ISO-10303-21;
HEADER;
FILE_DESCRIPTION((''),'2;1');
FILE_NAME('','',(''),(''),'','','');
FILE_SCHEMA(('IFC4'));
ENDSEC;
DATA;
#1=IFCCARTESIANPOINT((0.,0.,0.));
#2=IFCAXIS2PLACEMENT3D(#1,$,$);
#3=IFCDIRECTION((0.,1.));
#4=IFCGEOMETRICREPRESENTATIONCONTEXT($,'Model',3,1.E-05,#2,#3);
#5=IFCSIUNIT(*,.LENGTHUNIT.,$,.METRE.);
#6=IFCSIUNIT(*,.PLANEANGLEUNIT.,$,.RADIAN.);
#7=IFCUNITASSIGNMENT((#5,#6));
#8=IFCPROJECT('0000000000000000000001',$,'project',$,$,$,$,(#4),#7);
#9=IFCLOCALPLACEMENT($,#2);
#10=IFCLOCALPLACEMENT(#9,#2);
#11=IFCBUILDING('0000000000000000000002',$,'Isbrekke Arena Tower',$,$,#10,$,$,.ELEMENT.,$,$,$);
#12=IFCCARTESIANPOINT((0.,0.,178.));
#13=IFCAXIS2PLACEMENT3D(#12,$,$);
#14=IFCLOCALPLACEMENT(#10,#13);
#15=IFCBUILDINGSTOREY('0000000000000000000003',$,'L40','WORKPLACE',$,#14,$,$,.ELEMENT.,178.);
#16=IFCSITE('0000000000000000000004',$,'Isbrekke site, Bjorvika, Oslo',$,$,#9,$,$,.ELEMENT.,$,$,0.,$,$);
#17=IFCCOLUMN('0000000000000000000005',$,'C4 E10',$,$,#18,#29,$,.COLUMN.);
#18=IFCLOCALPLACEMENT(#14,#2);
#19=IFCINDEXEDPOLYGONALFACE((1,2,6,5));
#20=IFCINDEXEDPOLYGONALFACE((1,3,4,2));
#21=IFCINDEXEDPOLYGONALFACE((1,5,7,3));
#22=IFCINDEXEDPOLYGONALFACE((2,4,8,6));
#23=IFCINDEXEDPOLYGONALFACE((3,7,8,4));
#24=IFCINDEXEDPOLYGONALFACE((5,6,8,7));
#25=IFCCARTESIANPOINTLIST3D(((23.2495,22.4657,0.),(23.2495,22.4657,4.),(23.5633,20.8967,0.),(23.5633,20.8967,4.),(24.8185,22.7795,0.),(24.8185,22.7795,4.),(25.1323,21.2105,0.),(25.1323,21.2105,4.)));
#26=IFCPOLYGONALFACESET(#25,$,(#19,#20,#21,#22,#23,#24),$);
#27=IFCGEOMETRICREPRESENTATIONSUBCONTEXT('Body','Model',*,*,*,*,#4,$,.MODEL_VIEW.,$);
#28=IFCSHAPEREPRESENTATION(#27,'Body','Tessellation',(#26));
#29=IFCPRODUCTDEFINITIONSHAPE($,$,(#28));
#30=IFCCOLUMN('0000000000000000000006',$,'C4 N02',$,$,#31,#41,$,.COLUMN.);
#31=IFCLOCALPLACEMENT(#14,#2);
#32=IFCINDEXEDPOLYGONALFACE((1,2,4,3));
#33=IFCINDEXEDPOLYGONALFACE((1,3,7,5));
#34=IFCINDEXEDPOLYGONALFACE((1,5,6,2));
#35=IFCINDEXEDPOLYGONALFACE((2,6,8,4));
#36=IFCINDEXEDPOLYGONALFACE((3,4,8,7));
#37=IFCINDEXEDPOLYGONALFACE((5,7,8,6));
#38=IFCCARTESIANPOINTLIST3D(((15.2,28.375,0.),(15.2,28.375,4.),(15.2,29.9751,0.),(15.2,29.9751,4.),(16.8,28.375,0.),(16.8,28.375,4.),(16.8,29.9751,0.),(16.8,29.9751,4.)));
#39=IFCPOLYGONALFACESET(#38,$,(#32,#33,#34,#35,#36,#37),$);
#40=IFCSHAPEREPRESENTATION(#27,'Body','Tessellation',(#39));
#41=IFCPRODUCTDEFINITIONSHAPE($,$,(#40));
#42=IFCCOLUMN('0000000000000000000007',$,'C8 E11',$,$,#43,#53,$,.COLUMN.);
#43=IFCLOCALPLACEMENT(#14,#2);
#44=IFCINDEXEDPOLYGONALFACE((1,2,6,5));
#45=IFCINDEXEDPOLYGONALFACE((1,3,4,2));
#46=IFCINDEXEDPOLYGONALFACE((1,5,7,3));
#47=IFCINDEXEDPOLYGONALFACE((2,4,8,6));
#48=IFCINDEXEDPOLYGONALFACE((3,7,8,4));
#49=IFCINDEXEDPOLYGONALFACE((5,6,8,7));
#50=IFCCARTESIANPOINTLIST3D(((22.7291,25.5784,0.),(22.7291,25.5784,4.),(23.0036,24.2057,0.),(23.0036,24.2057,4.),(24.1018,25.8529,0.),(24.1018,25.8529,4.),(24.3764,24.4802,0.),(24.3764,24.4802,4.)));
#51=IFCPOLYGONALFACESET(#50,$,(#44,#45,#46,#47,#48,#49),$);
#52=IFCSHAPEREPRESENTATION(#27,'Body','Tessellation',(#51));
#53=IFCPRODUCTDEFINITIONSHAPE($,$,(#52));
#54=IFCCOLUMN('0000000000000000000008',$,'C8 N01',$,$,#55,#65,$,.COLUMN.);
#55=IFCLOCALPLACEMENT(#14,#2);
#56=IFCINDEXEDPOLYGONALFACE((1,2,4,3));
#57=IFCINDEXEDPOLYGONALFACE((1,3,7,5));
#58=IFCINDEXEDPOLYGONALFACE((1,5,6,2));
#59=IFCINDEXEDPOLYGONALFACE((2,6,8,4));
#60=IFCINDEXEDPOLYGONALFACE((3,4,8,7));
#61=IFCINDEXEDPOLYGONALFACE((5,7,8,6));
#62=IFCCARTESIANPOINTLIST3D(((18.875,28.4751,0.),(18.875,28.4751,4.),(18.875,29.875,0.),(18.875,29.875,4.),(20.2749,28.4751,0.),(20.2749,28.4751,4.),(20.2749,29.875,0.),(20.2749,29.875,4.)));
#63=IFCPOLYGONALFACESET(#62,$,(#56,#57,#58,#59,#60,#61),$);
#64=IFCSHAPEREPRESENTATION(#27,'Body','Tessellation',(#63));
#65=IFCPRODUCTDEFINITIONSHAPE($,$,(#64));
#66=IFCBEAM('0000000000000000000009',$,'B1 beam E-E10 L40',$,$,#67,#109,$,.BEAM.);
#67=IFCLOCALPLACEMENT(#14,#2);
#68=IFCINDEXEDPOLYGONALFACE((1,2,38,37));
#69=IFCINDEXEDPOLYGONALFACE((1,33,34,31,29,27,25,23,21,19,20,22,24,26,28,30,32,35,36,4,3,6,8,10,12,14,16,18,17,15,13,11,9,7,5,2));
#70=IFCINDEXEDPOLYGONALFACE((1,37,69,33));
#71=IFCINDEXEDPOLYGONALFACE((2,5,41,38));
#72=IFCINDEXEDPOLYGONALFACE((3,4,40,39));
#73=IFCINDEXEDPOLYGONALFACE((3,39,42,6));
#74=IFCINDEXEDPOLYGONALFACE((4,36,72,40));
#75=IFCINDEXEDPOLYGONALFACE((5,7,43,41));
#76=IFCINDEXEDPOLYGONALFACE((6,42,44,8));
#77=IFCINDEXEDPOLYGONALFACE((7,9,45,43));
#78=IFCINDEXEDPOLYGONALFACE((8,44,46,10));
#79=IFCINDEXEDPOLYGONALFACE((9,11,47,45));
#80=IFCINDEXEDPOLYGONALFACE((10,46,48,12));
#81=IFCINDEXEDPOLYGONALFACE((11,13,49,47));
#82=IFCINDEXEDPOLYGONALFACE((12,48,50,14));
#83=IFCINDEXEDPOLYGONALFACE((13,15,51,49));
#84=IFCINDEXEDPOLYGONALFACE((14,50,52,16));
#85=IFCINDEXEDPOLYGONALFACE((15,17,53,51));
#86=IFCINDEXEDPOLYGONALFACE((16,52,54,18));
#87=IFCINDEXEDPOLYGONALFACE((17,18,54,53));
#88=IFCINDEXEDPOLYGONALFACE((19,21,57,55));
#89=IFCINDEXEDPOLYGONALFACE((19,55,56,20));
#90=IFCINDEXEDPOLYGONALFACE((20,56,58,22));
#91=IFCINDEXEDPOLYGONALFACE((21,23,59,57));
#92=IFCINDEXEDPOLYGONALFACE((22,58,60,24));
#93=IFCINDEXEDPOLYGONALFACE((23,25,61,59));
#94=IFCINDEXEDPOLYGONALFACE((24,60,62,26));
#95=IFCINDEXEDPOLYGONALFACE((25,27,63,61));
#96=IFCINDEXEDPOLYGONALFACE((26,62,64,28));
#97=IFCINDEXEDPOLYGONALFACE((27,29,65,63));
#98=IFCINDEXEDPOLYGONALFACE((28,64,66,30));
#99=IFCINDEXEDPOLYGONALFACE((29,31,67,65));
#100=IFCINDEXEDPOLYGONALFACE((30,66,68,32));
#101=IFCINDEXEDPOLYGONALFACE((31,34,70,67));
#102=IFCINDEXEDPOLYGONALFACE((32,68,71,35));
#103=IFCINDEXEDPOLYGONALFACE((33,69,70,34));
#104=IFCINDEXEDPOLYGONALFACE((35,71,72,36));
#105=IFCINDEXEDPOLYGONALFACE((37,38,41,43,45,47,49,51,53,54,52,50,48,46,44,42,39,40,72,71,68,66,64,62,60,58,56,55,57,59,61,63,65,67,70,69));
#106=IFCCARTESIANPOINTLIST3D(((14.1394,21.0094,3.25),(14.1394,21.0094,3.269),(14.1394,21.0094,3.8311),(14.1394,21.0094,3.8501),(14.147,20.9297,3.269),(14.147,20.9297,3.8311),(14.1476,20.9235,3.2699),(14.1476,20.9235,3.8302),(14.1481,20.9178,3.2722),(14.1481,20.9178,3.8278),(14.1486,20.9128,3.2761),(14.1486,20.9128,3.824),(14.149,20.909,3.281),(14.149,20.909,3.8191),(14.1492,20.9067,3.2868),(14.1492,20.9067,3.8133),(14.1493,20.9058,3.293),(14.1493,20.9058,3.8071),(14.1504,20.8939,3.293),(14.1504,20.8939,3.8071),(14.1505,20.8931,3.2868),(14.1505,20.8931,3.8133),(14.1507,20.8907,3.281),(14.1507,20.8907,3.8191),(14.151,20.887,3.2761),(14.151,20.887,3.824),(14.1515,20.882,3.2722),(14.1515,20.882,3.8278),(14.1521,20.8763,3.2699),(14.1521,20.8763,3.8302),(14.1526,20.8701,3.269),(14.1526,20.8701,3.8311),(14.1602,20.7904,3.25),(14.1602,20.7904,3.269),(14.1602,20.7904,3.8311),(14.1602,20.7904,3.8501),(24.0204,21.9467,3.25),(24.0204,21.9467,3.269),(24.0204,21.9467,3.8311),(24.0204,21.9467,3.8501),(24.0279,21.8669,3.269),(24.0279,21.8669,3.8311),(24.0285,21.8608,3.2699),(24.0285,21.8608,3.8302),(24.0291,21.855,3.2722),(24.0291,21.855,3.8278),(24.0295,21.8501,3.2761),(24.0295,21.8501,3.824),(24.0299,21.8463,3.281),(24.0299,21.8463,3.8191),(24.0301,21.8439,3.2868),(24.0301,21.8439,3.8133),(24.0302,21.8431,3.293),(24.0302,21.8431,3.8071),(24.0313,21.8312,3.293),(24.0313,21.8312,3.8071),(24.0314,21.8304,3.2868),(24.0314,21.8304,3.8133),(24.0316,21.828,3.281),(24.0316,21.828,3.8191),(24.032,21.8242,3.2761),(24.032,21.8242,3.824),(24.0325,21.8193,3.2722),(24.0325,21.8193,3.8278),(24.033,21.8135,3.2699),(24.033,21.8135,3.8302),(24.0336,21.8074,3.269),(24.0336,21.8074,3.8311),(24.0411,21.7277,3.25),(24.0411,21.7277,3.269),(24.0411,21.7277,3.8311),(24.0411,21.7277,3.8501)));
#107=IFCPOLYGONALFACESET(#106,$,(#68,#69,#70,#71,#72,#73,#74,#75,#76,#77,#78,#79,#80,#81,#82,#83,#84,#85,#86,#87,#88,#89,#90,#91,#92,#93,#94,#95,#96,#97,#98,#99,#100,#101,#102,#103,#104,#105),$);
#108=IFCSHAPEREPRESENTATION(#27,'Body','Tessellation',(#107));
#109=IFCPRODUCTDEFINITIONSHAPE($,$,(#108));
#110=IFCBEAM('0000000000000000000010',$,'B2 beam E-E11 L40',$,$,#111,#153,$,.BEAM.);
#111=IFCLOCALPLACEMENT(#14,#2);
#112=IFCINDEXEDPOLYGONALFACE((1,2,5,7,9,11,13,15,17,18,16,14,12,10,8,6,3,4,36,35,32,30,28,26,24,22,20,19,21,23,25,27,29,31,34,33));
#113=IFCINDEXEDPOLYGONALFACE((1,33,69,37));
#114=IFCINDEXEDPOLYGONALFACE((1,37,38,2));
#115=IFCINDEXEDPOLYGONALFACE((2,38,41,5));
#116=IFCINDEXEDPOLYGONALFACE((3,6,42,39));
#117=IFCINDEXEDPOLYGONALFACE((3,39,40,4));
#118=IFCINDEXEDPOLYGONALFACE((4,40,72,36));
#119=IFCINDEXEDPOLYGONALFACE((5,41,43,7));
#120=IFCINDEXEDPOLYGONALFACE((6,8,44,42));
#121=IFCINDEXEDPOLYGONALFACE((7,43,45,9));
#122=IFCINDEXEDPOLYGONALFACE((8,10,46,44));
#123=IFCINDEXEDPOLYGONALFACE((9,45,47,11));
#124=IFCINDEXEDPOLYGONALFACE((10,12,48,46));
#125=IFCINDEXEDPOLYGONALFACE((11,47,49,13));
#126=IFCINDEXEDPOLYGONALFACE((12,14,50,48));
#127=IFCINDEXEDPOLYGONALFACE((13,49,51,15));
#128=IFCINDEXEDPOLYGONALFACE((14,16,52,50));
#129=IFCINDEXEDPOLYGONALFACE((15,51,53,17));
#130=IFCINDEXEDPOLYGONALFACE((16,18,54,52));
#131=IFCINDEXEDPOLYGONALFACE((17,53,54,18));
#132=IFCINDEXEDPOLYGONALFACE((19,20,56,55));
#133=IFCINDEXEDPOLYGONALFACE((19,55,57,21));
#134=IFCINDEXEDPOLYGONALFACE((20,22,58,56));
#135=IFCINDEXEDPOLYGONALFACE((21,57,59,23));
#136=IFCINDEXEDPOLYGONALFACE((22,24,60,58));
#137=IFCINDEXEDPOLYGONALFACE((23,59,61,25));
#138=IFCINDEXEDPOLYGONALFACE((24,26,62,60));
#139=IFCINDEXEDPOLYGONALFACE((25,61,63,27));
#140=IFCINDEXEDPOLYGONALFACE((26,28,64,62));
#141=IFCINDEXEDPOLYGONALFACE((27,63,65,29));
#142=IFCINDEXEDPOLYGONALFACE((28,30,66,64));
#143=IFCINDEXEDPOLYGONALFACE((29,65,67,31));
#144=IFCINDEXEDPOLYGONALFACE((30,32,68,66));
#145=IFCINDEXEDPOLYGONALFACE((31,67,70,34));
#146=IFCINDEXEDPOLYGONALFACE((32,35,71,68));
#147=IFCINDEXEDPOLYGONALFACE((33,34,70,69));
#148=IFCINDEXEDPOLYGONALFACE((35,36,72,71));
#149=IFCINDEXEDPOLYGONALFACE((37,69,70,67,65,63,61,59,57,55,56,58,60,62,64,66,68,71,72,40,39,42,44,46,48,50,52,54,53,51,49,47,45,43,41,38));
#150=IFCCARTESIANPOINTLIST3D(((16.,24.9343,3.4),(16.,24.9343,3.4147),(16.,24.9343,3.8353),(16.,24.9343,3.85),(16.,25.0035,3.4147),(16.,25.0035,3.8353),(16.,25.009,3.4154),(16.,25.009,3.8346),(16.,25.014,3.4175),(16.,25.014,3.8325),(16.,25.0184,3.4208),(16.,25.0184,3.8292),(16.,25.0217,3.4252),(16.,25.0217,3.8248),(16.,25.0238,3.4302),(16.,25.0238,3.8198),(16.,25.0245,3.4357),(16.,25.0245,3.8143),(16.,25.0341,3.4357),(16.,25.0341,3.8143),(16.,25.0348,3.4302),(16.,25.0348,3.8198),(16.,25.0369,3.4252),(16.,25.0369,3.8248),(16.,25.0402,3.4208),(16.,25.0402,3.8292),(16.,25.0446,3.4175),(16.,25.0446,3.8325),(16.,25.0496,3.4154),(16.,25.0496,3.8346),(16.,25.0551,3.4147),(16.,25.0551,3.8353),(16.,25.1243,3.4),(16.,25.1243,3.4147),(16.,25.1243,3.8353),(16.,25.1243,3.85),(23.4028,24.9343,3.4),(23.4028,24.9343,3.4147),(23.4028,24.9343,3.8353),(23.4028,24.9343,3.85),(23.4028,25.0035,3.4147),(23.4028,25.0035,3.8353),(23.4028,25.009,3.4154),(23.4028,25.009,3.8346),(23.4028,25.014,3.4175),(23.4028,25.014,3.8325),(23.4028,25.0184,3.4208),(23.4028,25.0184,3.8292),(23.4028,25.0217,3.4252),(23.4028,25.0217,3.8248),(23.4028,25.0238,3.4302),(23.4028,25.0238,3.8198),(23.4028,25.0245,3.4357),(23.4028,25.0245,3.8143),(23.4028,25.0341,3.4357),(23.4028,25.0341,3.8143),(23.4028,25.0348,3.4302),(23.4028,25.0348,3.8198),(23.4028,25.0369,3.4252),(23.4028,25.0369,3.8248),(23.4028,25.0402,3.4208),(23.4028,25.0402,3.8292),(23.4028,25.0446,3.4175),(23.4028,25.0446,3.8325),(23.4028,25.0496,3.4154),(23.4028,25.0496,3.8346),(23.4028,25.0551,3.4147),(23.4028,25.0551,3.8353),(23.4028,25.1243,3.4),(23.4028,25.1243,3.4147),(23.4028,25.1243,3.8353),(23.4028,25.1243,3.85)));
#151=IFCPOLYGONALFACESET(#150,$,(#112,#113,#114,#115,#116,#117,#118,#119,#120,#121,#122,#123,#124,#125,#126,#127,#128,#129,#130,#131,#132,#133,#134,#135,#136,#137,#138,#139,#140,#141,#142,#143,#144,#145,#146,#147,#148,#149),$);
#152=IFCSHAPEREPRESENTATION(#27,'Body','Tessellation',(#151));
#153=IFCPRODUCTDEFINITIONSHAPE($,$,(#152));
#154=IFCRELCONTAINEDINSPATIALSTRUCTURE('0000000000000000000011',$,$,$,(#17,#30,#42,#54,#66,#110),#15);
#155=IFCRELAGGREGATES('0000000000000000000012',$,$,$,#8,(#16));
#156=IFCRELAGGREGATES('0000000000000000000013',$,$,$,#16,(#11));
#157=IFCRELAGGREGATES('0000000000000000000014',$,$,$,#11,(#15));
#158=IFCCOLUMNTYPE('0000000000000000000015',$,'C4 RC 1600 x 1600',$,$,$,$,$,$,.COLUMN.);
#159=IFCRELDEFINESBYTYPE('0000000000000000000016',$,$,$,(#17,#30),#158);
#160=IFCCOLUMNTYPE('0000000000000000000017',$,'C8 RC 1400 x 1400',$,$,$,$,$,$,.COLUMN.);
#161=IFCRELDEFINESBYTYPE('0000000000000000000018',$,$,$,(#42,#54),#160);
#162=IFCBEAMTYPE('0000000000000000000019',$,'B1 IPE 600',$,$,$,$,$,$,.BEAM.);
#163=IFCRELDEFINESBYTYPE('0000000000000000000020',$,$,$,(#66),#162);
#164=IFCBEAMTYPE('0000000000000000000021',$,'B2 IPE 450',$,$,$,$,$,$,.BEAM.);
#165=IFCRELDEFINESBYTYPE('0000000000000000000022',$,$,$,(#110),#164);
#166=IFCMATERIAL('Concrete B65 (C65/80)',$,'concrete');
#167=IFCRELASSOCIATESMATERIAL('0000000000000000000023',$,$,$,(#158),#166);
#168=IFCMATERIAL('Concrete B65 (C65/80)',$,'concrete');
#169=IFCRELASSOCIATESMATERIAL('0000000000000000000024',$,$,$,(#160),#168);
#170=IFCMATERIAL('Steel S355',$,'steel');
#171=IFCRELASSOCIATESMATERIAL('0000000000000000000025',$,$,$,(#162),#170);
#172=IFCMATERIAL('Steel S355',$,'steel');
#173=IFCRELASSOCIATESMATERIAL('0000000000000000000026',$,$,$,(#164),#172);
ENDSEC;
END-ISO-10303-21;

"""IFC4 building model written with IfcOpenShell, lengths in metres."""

from ifc_helpers import new_model, si_unit, direction, frame, origin, origin_2d, place, context, subcontext, project, spatial, rectangle, i_section, extrude, material, material_profile, profile_set, type_object, element, save


model = new_model("IFC4")

# Units and contexts
model_context = context("Model", 3, precision=1e-05, world=origin(), true_north=direction((0.0, 1.0)))
body_context = subcontext(model_context, "Body", "Model", "MODEL_VIEW")
ifc_project = project(units=[si_unit("LENGTHUNIT", "METRE"), si_unit("PLANEANGLEUNIT", "RADIAN")], contexts=[model_context])

# Site, building, storey
site_placement = place(None, origin())
site = spatial("IfcSite", under=ifc_project, at=site_placement, Name="Isbrekke site, Bjorvika, Oslo", CompositionType="ELEMENT", RefElevation=0.0)
building_placement = place(site_placement, origin())
building = spatial("IfcBuilding", under=site, at=building_placement, Name="Isbrekke Arena Tower", CompositionType="ELEMENT")
storey_placement = place(building_placement, frame((0.0, 0.0, 178.0)))
storey = spatial("IfcBuildingStorey", under=building, at=storey_placement, Name="L40", Description="WORKPLACE", CompositionType="ELEMENT", Elevation=178.0)

# Columns
ifc_material_1 = material(Name="Concrete B65 (C65/80)", Category="concrete")
ifc_material_profile_1 = material_profile(ifc_material_1, rectangle(XDim=1.6001, YDim=1.6001, at=origin_2d()), Name="RC 1600x1600")
ifc_profile_set_1 = profile_set([ifc_material_profile_1], Name="Concrete B65 (C65/80)")
column_type_1 = type_object("IfcColumnType", Name="C4 RC 1600 x 1600", PredefinedType="COLUMN", material=ifc_profile_set_1)
for number, where, z_axis, x_axis, name in (
    (1, (24.1909, 21.8381, 0.0), (0.0, 0.0, 1.0), (-0.196116, 0.980581, 0.0), "C4 E10"),
    (2, (16.0, 29.175, 0.0), (0.0, 0.0, 1.0), (-1.0, 0.0, 0.0), "C4 N02"),
):
    element("IfcColumn", number, at=place(storey_placement, frame(where, z_axis=z_axis, x_axis=x_axis)), inside=storey, type_object=column_type_1, Name=name, PredefinedType="COLUMN", context=body_context, shape_type="SweptSolid", body=[
        extrude(rectangle(XDim=1.6001, YDim=1.6001, at=origin_2d()), origin(), (0.0, 0.0, 1.0), 4.0),
    ])
ifc_material_2 = material(Name="Concrete B65 (C65/80)", Category="concrete")
ifc_material_profile_2 = material_profile(ifc_material_2, rectangle(XDim=1.3999, YDim=1.3999, at=origin_2d()), Name="RC 1400x1400")
ifc_profile_set_2 = profile_set([ifc_material_profile_2], Name="Concrete B65 (C65/80)")
column_type_2 = type_object("IfcColumnType", Name="C8 RC 1400 x 1400", PredefinedType="COLUMN", material=ifc_profile_set_2)
for number, where, z_axis, x_axis, name in (
    (3, (23.5527, 25.0293, 0.0), (0.0, 0.0, 1.0), (-0.196116, 0.980581, 0.0), "C8 E11"),
    (4, (19.575, 29.175, 0.0), (0.0, 0.0, 1.0), (-1.0, 0.0, 0.0), "C8 N01"),
):
    element("IfcColumn", number, at=place(storey_placement, frame(where, z_axis=z_axis, x_axis=x_axis)), inside=storey, type_object=column_type_2, Name=name, PredefinedType="COLUMN", context=body_context, shape_type="SweptSolid", body=[
        extrude(rectangle(XDim=1.3999, YDim=1.3999, at=origin_2d()), origin(), (0.0, 0.0, 1.0), 4.0),
    ])

# Beams
ifc_material_3 = material(Name="Steel S355", Category="steel")
ifc_material_profile_3 = material_profile(ifc_material_3, i_section(OverallWidth=0.22, OverallDepth=0.6001, WebThickness=0.012, FlangeThickness=0.019, FilletRadius=0.0239, at=origin_2d()), Name="IPE 600")
ifc_profile_set_3 = profile_set([ifc_material_profile_3], Name="Steel S355")
beam_type_1 = type_object("IfcBeamType", Name="B1 IPE 600", PredefinedType="BEAM", material=ifc_profile_set_3)
beam_1_placement = place(storey_placement, frame((24.0308, 21.8372, 3.55), z_axis=(-0.995531, -0.094432, 0.0), x_axis=(0.094432, -0.995531, 0.0)))
element("IfcBeam", 5, at=beam_1_placement, inside=storey, type_object=beam_type_1, Name="B1 beam E-E10 L40", PredefinedType="BEAM", context=body_context, shape_type="SweptSolid", body=[
    extrude(i_section(OverallWidth=0.22, OverallDepth=0.6001, WebThickness=0.012, FlangeThickness=0.019, FilletRadius=0.0239, at=origin_2d()), origin(), (0.0, 0.0, 1.0), 9.9253),
])
ifc_material_4 = material(Name="Steel S355", Category="steel")
ifc_material_profile_4 = material_profile(ifc_material_4, i_section(OverallWidth=0.1899, OverallDepth=0.45, WebThickness=0.0095, FlangeThickness=0.0146, FilletRadius=0.021, at=origin_2d()), Name="IPE 450")
ifc_profile_set_4 = profile_set([ifc_material_profile_4], Name="Steel S355")
beam_type_2 = type_object("IfcBeamType", Name="B2 IPE 450", PredefinedType="BEAM", material=ifc_profile_set_4)
beam_2_placement = place(storey_placement, frame((23.4028, 25.0293, 3.625), z_axis=(-1.0, 0.0, 0.0), x_axis=(0.0, -1.0, 0.0)))
element("IfcBeam", 6, at=beam_2_placement, inside=storey, type_object=beam_type_2, Name="B2 beam E-E11 L40", PredefinedType="BEAM", context=body_context, shape_type="SweptSolid", body=[
    extrude(i_section(OverallWidth=0.1899, OverallDepth=0.45, WebThickness=0.0095, FlangeThickness=0.0146, FilletRadius=0.021, at=origin_2d()), origin(), (0.0, 0.0, 1.0), 7.4028),
])

save(model, "model.ifc")
